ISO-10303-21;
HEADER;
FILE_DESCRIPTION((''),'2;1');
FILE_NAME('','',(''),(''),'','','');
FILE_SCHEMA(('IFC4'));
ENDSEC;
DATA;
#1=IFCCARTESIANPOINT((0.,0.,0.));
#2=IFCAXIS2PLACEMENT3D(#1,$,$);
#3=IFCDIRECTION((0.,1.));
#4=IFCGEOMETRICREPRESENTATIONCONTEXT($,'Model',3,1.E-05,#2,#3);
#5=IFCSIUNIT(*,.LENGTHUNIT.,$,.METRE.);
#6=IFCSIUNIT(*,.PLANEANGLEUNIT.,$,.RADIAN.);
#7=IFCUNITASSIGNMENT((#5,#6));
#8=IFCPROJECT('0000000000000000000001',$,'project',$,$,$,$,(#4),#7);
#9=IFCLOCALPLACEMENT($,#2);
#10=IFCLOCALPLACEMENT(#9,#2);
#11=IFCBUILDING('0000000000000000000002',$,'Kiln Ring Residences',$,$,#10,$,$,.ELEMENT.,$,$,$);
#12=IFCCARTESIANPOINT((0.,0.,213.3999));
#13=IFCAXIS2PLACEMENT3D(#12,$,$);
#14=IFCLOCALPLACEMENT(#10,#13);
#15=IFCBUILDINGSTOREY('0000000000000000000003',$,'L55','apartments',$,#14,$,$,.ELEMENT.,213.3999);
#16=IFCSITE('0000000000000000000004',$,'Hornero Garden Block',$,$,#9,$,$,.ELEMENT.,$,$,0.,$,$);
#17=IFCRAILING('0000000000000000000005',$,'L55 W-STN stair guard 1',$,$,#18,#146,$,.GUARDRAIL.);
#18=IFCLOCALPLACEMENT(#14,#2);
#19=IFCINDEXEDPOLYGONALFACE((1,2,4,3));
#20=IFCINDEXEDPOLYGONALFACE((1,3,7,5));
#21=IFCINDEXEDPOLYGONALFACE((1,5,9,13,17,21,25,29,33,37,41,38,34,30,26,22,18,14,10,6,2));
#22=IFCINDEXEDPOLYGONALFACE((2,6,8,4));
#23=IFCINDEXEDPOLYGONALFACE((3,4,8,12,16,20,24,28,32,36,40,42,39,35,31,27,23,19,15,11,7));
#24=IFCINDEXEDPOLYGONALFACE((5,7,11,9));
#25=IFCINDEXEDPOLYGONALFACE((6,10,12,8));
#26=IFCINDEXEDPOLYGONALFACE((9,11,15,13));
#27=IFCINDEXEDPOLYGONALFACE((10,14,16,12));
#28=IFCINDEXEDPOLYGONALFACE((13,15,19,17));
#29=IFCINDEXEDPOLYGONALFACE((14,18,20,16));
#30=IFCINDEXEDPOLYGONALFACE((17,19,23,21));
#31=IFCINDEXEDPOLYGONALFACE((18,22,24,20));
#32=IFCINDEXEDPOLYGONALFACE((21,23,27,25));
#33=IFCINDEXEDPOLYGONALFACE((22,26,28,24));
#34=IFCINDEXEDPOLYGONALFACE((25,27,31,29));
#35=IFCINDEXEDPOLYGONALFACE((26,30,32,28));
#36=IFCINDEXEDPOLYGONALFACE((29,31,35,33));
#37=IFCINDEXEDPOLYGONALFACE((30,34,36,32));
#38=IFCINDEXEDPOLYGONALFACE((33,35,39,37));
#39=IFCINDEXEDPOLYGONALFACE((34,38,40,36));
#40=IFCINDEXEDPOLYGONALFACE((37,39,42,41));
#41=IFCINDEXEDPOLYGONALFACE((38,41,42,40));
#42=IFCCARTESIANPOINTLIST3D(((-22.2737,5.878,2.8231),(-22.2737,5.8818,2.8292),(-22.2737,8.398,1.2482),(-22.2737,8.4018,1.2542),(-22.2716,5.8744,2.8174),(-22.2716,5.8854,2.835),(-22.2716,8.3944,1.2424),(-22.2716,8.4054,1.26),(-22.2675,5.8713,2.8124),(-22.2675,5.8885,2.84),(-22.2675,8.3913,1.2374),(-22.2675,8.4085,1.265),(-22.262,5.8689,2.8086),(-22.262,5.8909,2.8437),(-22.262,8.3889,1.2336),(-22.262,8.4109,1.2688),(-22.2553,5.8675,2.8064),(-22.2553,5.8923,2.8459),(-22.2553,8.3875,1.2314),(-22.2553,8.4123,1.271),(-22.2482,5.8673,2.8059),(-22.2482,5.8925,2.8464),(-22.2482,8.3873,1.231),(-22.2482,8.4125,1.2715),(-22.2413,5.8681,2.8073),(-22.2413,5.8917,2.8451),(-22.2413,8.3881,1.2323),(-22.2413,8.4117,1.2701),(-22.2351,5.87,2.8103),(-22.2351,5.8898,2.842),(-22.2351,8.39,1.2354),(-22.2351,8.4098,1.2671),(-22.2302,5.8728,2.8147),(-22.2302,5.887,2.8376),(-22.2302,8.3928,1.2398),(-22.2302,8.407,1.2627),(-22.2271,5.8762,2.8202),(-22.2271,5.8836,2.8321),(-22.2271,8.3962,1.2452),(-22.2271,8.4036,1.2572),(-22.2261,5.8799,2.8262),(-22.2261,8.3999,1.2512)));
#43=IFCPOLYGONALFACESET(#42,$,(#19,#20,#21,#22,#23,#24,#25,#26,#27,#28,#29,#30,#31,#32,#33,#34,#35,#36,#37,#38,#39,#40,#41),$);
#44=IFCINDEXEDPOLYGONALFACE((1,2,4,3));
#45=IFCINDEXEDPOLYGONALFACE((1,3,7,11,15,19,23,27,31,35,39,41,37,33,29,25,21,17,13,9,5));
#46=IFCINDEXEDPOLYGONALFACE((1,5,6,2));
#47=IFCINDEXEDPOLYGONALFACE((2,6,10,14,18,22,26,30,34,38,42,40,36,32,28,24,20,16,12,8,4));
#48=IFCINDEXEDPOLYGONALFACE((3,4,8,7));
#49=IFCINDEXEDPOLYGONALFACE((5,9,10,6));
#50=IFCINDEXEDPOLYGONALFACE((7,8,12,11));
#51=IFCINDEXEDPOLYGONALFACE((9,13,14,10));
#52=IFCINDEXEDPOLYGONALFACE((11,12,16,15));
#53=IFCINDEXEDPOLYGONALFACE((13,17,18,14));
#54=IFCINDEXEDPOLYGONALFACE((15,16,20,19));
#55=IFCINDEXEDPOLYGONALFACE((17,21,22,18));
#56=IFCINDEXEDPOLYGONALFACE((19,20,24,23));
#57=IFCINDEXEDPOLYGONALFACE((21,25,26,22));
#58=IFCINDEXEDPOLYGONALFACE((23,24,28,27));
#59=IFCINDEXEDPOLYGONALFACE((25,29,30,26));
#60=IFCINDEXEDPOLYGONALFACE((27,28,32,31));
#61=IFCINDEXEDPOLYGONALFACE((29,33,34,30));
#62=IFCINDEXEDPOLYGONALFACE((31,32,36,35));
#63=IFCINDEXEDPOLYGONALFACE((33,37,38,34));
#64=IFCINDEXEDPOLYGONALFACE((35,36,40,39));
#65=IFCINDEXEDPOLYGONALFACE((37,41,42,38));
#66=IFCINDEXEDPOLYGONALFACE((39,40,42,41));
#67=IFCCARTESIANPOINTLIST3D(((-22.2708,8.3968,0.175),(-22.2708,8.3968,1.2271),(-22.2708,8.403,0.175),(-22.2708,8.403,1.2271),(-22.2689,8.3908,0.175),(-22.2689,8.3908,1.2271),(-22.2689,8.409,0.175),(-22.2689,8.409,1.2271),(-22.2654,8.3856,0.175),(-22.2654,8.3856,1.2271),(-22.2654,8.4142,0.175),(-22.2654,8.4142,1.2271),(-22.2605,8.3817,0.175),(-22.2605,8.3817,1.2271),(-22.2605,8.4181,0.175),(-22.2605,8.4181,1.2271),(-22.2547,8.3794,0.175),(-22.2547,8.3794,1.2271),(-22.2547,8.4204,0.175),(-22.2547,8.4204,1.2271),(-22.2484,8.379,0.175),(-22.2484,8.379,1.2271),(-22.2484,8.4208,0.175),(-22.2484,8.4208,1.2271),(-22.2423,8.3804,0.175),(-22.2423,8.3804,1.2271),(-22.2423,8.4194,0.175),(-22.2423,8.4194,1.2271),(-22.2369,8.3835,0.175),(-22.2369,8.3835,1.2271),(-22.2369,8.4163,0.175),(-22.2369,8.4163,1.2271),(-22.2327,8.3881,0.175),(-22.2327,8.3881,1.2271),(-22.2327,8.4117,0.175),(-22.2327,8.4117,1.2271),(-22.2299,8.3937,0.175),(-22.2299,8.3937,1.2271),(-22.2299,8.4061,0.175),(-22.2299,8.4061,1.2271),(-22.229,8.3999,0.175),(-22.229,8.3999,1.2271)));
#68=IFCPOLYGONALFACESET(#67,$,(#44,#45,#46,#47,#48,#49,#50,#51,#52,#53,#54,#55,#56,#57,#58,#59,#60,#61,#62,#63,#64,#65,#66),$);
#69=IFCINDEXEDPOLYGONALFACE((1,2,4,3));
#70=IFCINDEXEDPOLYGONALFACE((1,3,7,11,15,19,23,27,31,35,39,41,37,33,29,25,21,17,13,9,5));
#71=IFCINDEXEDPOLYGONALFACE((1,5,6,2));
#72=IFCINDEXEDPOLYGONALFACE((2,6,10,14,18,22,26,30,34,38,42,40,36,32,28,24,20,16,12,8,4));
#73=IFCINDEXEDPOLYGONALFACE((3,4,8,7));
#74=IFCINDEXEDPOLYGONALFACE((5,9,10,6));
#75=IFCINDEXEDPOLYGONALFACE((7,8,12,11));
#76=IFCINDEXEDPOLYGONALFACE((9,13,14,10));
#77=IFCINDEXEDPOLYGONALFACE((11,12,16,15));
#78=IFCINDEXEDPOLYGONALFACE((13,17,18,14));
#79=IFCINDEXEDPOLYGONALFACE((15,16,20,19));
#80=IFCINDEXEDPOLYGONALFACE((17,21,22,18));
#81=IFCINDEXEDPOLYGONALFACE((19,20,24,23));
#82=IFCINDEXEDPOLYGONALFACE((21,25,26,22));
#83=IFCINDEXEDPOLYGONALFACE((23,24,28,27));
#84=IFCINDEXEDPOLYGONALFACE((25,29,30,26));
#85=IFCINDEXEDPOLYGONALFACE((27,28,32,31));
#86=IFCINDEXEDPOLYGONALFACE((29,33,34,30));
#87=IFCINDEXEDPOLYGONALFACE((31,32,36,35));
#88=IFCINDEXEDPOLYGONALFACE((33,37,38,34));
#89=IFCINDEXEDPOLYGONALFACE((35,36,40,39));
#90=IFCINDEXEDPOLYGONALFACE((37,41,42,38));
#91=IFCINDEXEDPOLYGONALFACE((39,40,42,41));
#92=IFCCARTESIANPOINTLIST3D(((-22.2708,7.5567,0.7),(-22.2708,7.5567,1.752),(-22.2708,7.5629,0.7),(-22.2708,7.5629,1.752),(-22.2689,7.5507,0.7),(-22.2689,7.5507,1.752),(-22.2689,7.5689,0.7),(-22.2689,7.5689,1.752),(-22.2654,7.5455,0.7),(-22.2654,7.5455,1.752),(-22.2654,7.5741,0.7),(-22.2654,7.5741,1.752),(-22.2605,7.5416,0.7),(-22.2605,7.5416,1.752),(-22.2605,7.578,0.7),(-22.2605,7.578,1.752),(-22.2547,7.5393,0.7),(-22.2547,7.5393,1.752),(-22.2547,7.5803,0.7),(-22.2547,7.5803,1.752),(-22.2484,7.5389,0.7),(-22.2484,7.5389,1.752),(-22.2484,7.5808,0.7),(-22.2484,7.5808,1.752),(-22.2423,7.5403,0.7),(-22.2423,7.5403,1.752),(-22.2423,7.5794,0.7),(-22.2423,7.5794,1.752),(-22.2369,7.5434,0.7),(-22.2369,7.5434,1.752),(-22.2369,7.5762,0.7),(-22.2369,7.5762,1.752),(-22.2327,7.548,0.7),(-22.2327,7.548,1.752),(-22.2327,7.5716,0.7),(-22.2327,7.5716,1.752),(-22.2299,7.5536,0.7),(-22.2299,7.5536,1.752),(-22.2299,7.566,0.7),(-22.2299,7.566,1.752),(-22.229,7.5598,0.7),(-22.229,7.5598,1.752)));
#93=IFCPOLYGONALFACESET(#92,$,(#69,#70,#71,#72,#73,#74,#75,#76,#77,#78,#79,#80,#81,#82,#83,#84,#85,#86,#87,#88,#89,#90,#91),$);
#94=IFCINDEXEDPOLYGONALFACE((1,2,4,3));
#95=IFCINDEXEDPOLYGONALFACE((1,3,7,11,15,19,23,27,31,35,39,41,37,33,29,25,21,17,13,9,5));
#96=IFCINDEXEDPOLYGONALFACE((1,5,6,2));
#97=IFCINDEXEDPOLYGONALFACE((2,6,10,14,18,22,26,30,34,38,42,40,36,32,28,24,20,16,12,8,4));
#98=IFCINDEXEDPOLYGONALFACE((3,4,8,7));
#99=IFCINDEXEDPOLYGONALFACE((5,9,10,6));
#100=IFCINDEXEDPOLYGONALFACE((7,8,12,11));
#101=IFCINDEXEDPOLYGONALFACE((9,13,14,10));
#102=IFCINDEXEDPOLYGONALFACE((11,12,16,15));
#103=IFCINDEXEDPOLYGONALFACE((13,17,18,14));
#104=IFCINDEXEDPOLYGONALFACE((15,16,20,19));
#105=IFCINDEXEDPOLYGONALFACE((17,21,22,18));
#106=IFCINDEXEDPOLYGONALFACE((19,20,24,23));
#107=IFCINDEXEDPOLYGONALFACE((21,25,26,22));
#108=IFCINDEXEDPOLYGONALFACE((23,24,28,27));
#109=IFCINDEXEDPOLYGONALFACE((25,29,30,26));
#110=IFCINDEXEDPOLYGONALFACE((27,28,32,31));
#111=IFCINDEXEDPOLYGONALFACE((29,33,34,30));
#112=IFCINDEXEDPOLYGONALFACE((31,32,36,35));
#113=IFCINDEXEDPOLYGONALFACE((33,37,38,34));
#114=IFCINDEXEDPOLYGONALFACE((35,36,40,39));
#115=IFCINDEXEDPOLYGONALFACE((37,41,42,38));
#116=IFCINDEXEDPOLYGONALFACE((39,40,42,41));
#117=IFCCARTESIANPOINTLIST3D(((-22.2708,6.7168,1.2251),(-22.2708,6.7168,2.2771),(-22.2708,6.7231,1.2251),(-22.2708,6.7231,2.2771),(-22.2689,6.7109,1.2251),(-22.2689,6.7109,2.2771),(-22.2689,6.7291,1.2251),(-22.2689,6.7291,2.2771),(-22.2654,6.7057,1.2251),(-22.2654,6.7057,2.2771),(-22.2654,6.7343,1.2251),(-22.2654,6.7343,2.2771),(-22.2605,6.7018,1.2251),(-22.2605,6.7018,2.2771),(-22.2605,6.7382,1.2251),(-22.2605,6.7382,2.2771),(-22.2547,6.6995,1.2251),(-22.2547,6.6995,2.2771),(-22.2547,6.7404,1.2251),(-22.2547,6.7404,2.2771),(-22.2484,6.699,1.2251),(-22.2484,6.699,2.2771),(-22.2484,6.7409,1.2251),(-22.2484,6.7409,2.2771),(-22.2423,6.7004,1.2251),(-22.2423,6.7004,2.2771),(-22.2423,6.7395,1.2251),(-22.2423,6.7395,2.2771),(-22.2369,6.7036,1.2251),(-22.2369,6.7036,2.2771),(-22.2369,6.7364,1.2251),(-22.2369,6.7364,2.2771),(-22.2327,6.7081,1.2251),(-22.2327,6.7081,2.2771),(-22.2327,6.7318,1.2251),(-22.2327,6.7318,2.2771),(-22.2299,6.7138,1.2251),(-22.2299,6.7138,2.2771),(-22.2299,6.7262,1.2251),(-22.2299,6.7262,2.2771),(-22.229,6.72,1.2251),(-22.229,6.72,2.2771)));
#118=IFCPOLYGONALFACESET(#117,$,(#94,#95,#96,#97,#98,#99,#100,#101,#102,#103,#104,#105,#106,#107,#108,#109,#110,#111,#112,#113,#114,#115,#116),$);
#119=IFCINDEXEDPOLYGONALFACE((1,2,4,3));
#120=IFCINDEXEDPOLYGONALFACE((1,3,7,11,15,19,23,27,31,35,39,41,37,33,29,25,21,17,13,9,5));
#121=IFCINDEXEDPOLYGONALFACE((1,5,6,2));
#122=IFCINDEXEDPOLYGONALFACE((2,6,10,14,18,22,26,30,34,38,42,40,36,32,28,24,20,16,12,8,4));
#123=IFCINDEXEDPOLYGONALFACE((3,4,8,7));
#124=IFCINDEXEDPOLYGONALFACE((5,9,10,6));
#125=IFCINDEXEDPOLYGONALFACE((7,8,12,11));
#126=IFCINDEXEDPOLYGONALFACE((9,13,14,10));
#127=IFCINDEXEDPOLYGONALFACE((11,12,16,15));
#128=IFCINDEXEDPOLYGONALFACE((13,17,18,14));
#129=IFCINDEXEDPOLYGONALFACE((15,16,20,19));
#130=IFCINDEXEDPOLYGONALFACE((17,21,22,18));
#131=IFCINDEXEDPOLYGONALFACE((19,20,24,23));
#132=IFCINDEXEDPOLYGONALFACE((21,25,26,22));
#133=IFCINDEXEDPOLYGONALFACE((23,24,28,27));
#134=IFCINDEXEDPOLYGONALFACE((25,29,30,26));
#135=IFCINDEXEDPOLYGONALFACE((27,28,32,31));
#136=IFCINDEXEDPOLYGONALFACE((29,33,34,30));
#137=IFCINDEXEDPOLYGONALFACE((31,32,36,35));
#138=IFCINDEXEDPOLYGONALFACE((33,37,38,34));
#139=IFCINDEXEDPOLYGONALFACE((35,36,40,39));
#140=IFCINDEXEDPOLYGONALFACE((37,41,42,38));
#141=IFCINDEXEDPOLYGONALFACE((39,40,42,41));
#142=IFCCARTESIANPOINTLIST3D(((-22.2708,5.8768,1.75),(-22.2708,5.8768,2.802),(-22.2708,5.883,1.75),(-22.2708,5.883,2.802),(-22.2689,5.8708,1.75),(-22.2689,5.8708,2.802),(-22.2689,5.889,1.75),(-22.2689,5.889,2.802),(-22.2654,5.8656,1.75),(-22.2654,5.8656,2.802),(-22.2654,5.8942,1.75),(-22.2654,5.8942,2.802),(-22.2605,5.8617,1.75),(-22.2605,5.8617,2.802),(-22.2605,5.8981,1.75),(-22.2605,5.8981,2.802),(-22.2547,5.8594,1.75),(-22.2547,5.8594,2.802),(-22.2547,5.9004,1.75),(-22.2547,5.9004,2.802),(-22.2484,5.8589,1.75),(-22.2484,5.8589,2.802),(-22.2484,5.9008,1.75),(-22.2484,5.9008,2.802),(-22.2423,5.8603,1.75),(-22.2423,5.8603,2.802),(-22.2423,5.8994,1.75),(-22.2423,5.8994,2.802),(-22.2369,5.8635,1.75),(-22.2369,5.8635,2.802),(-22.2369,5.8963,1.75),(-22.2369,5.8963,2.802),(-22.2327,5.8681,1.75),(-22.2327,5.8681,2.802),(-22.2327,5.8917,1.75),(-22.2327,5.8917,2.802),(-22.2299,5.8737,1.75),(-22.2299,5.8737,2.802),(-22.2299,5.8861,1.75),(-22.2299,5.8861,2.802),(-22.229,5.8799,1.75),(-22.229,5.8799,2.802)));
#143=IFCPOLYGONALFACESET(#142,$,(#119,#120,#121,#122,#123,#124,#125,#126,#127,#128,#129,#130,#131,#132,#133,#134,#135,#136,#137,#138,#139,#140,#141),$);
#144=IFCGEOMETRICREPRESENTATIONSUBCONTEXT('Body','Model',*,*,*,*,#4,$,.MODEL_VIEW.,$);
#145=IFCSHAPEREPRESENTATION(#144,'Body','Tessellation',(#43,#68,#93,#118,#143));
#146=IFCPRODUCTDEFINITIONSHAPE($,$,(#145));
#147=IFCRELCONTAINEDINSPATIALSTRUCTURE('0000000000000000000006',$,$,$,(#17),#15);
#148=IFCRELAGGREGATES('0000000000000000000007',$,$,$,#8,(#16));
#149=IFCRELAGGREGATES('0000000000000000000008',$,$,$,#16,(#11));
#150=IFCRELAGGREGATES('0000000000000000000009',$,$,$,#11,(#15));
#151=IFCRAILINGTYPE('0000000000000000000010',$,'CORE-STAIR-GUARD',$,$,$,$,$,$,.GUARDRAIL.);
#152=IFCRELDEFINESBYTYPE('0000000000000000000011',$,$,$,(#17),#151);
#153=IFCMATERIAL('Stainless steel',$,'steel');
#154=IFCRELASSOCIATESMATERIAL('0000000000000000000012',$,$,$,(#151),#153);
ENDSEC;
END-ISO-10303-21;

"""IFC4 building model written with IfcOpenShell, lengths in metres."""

from ifc_helpers import new_model, si_unit, direction, frame, origin, origin_2d, place, context, subcontext, project, spatial, circle, extrude, material, type_object, element, save


model = new_model("IFC4")

# Units and contexts
model_context = context("Model", 3, precision=1e-05, world=origin(), true_north=direction((0.0, 1.0)))
body_context = subcontext(model_context, "Body", "Model", "MODEL_VIEW")
ifc_project = project(units=[si_unit("LENGTHUNIT", "METRE"), si_unit("PLANEANGLEUNIT", "RADIAN")], contexts=[model_context])

# Site, building, storey
site_placement = place(None, origin())
site = spatial("IfcSite", under=ifc_project, at=site_placement, Name="Hornero Garden Block", CompositionType="ELEMENT", RefElevation=0.0)
building_placement = place(site_placement, origin())
building = spatial("IfcBuilding", under=site, at=building_placement, Name="Kiln Ring Residences", CompositionType="ELEMENT")
storey_placement = place(building_placement, frame((0.0, 0.0, 213.3999)))
storey = spatial("IfcBuildingStorey", under=building, at=storey_placement, Name="L55", Description="apartments", CompositionType="ELEMENT", Elevation=213.3999)

# Railing
ifc_material_1 = material(Name="Stainless steel", Category="steel")
railing_type_1 = type_object("IfcRailingType", Name="CORE-STAIR-GUARD", PredefinedType="GUARDRAIL", material=ifc_material_1)
railing_1_placement = place(storey_placement, frame((-22.25, 8.3999, 0.175)))
element("IfcRailing", 1, at=railing_1_placement, inside=storey, type_object=railing_type_1, Name="L55 W-STN stair guard 1", PredefinedType="GUARDRAIL", context=body_context, shape_type="SweptSolid", body=[
    extrude(circle(Radius=0.0239, at=origin_2d()), frame((0.0, 0.0, 1.0762), z_axis=(0.0, -0.848008, 0.529984), x_axis=(1.0, 0.0, 0.0)), (0.0, 0.0, 1.0), 2.9717),
    extrude(circle(Radius=0.021, at=origin_2d()), origin(), (0.0, 0.0, 1.0), 1.052),
    extrude(circle(Radius=0.021, at=origin_2d()), frame((0.0, -0.8401, 0.5249)), (0.0, 0.0, 1.0), 1.052),
    extrude(circle(Radius=0.021, at=origin_2d()), frame((0.0, -1.6799, 1.05)), (0.0, 0.0, 1.0), 1.052),
    extrude(circle(Radius=0.021, at=origin_2d()), frame((0.0, -2.52, 1.575)), (0.0, 0.0, 1.0), 1.052),
])

save(model, "model.ifc")
